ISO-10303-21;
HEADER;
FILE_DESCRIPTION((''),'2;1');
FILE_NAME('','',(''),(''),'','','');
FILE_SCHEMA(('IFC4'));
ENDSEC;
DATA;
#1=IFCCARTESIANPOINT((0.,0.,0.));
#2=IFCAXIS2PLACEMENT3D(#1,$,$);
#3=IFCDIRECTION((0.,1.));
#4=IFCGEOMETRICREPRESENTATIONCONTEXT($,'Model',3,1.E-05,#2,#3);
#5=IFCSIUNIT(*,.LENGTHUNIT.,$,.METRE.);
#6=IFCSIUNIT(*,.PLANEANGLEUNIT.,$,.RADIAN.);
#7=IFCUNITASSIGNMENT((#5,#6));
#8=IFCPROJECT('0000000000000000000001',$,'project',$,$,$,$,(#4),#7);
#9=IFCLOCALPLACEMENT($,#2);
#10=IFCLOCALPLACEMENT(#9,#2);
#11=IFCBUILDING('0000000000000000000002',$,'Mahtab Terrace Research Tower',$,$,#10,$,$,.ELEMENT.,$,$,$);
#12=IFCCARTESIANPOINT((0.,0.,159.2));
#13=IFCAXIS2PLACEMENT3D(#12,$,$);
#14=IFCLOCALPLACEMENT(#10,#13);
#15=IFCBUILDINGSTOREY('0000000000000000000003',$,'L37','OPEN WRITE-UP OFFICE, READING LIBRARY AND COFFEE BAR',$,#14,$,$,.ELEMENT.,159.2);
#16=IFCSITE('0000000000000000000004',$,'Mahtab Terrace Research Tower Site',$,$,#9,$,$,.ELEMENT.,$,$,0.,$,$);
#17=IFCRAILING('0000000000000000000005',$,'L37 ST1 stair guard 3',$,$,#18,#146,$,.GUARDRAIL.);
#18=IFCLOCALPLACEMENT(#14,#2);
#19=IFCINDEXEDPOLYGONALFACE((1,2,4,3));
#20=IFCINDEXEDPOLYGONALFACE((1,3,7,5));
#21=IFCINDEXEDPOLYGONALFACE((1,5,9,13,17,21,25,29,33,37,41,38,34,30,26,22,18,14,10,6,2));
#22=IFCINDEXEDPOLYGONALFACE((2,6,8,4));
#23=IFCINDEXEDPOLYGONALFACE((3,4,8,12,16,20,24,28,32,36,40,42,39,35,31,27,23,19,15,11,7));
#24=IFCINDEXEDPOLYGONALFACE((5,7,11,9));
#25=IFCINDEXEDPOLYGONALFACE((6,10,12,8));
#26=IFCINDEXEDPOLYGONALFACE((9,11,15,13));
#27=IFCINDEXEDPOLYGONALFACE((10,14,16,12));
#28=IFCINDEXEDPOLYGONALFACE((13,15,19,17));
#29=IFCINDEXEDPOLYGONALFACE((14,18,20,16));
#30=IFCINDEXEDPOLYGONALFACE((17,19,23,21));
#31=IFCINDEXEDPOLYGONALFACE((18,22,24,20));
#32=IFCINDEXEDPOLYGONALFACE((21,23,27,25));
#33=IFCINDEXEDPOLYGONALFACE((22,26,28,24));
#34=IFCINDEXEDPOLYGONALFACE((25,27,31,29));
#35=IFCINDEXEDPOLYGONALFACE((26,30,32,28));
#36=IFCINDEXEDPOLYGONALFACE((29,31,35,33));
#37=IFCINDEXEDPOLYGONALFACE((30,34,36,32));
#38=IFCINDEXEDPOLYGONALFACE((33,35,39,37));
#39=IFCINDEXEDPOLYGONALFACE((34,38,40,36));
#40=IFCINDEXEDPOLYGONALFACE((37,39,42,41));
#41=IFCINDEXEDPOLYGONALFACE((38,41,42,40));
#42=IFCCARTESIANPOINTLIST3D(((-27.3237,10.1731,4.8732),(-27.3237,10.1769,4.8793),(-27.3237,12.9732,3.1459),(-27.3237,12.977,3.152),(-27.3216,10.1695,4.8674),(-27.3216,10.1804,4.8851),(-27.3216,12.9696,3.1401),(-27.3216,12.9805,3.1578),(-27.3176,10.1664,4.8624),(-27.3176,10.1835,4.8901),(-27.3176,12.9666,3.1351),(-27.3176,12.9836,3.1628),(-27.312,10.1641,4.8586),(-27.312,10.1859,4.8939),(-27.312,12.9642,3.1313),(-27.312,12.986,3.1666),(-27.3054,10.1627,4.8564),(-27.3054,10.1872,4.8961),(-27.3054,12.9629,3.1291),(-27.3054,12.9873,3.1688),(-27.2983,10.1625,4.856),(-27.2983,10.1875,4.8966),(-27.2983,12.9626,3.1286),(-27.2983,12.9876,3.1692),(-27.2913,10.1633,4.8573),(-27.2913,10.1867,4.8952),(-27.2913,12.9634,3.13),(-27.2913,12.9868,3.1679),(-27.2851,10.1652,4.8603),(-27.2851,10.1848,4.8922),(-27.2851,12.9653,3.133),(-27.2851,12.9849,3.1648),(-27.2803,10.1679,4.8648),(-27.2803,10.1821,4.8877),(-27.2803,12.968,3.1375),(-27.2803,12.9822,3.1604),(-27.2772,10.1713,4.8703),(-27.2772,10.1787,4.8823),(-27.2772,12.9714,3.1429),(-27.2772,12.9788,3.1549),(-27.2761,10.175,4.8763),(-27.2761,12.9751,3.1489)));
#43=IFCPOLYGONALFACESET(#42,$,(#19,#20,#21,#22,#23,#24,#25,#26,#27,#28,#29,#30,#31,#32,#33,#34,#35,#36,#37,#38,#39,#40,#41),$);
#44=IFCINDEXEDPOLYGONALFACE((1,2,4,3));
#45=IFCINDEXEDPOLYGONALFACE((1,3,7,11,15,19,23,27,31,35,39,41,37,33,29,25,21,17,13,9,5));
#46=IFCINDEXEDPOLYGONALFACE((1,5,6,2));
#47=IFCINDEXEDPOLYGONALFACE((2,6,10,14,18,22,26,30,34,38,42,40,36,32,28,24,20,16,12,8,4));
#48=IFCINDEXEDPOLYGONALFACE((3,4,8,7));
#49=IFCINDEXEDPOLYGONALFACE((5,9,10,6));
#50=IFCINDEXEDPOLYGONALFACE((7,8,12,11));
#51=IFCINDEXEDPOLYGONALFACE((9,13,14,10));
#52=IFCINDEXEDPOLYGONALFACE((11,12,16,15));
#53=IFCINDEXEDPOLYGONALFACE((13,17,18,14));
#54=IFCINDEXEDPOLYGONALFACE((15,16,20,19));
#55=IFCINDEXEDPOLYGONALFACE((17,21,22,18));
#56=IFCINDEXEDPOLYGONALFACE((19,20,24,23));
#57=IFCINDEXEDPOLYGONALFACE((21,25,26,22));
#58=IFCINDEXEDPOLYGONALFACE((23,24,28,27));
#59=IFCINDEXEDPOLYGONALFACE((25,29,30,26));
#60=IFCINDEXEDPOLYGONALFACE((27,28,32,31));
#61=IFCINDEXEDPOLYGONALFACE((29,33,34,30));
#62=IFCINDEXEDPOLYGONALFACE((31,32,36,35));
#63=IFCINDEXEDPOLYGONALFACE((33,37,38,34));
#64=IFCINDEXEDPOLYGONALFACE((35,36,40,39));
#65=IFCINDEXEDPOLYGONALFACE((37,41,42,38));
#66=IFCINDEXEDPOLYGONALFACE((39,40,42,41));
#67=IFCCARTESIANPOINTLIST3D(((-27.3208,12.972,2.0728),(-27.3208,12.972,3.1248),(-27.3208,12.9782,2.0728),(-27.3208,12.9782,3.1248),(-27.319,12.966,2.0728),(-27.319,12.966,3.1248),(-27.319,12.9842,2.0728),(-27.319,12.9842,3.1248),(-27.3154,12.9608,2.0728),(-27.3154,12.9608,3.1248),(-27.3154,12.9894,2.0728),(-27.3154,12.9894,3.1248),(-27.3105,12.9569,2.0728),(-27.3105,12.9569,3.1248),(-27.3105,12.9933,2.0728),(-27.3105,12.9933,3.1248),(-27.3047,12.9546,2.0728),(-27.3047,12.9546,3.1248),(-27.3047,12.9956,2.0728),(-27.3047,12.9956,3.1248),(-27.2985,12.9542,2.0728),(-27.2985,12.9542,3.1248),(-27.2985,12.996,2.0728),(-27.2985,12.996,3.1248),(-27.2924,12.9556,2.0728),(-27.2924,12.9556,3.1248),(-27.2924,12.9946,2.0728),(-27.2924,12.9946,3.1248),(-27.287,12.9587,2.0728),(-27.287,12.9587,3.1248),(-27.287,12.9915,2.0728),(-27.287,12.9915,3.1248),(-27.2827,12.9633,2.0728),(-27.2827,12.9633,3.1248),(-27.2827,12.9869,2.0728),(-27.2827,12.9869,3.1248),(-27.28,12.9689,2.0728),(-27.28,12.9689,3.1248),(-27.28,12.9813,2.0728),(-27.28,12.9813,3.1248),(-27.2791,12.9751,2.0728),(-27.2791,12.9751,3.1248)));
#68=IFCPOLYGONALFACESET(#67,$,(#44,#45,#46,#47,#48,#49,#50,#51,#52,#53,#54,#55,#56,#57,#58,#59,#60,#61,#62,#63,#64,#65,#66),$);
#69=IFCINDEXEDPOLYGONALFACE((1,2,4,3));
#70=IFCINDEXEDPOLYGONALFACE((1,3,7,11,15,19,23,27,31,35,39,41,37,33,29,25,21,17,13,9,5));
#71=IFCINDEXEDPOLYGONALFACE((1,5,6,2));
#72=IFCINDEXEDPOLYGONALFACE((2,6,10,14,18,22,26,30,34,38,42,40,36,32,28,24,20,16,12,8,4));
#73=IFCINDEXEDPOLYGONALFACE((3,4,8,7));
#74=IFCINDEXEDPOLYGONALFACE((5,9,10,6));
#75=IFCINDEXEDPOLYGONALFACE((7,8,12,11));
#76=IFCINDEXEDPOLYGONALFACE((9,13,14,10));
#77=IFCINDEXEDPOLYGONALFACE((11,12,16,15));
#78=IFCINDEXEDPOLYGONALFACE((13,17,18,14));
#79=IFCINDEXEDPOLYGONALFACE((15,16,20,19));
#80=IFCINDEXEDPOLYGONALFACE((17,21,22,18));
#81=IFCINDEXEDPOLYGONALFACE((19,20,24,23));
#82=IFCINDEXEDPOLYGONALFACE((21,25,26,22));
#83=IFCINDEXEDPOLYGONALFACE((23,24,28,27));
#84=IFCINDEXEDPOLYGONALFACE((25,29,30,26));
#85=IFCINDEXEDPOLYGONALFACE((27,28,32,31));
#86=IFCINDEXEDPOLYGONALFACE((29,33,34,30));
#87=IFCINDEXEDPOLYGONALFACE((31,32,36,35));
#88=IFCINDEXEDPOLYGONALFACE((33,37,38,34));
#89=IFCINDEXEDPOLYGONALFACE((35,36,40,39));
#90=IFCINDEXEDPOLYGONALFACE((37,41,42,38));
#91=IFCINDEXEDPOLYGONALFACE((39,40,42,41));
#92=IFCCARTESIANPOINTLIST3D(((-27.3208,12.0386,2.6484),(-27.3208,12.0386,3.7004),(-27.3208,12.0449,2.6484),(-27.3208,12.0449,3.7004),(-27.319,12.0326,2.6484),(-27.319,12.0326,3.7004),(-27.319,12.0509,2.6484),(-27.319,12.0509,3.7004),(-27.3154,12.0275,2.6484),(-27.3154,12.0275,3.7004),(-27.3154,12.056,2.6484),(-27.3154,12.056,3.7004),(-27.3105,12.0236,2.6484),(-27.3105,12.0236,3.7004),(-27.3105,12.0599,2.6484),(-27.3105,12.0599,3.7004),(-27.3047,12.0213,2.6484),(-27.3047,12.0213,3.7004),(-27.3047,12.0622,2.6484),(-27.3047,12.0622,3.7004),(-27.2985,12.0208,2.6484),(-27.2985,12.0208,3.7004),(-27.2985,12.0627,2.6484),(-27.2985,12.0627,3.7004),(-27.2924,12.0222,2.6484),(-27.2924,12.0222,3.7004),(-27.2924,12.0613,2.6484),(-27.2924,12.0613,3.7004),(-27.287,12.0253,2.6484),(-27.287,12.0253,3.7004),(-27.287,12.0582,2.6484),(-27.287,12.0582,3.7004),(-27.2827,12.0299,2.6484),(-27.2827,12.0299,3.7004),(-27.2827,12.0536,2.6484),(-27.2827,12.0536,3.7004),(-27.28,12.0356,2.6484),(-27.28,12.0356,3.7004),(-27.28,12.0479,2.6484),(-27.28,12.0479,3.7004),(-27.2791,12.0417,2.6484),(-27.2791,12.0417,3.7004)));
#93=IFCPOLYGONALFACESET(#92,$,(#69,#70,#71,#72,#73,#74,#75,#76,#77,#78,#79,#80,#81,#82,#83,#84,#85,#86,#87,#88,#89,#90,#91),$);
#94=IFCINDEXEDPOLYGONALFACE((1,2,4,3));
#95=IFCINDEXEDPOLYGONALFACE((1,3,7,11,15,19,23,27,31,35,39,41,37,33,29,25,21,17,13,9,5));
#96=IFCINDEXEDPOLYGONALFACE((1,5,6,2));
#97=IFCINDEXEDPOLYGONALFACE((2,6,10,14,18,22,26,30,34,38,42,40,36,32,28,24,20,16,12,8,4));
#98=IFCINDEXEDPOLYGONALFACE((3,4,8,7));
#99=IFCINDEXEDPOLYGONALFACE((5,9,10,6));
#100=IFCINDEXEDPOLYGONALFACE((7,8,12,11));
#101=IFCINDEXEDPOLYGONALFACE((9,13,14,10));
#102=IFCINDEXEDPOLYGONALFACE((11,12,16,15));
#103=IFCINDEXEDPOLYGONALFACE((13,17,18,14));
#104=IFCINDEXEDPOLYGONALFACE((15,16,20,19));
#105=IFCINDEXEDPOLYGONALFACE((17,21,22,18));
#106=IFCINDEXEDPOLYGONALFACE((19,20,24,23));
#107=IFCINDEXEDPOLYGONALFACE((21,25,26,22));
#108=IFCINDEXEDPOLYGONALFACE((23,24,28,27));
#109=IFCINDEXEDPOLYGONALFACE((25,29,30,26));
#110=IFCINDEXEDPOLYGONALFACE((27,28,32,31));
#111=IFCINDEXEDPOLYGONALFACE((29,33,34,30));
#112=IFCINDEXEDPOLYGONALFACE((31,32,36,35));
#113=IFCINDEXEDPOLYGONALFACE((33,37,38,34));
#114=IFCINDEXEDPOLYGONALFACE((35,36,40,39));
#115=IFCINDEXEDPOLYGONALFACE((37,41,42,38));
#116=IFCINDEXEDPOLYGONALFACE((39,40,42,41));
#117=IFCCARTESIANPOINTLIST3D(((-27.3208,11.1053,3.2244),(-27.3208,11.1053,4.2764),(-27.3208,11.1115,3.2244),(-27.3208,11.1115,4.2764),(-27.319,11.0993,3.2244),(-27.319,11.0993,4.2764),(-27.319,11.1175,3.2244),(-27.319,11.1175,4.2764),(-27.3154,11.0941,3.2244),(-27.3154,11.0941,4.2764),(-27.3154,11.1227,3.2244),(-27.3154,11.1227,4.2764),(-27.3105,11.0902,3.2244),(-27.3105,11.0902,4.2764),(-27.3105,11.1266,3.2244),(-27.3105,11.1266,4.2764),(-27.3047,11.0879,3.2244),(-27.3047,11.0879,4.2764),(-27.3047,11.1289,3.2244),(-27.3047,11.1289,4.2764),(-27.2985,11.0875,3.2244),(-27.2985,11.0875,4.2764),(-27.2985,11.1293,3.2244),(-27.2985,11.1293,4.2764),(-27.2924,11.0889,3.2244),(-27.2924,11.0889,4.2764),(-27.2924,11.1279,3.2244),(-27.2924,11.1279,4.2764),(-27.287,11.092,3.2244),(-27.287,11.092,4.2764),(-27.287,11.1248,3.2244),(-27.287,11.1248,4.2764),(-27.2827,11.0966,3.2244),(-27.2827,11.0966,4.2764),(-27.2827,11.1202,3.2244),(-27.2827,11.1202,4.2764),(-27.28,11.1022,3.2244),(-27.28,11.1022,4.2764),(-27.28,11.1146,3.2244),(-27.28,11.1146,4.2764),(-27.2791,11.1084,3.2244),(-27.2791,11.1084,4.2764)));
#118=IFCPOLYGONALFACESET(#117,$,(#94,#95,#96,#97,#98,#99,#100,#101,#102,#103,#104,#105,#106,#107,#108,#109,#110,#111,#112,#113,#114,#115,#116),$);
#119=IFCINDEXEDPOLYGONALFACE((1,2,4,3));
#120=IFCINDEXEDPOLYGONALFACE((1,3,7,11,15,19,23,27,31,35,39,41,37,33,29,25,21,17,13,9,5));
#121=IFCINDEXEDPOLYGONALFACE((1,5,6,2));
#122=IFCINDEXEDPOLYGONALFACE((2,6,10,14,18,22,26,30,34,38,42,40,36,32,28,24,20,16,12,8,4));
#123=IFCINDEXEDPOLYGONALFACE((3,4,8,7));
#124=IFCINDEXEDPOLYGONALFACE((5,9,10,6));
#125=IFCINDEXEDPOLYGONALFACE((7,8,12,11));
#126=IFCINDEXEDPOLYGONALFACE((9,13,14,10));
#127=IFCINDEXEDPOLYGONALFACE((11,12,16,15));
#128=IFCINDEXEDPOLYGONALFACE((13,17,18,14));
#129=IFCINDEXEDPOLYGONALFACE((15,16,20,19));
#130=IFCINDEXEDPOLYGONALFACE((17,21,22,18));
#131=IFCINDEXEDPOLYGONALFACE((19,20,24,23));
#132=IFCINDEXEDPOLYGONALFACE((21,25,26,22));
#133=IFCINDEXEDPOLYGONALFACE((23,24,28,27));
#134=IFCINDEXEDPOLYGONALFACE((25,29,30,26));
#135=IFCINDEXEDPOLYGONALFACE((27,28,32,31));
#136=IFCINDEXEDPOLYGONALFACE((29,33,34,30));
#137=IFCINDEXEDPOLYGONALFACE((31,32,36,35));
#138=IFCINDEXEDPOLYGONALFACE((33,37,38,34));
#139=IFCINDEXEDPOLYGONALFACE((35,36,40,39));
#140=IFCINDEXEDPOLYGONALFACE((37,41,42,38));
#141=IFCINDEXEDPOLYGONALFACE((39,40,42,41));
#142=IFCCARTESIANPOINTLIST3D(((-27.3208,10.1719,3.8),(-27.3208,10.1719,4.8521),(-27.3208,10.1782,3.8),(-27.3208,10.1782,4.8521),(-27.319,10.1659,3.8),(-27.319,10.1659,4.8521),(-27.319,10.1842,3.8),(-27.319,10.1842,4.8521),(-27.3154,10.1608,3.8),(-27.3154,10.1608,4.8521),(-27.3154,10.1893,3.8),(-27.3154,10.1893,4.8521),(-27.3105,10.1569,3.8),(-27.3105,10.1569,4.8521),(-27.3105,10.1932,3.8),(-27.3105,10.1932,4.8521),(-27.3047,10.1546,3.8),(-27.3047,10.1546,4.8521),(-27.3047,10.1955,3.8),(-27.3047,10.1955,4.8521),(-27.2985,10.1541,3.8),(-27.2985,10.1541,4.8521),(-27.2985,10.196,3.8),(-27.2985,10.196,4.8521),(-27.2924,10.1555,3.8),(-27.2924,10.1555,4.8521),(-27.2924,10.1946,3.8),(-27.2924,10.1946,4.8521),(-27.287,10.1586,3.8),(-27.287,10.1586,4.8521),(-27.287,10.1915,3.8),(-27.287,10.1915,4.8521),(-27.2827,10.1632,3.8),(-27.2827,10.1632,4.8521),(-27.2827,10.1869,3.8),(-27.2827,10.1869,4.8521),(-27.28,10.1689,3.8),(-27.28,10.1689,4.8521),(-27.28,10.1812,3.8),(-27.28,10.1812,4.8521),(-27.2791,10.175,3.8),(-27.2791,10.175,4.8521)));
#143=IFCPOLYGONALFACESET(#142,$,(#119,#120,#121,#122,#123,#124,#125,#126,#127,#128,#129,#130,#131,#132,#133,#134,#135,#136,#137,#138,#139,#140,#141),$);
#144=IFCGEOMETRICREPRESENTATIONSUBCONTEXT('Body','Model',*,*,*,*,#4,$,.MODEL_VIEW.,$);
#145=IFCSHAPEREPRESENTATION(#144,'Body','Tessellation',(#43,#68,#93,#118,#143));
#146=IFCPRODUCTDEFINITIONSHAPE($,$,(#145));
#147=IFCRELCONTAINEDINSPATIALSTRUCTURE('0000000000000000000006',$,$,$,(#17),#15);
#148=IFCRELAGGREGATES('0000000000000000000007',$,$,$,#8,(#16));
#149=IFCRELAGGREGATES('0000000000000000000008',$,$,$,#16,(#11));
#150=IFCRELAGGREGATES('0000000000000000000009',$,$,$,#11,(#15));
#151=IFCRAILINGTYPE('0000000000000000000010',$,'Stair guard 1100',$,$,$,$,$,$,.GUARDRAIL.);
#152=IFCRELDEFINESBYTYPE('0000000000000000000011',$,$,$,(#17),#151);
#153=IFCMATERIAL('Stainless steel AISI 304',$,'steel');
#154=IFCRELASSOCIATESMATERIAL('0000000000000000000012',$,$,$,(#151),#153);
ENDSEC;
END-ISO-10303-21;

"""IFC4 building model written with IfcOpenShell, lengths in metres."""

from ifc_helpers import new_model, si_unit, direction, frame, origin, origin_2d, place, context, subcontext, project, spatial, circle, extrude, material, type_object, element, save


model = new_model("IFC4")

# Units and contexts
model_context = context("Model", 3, precision=1e-05, world=origin(), true_north=direction((0.0, 1.0)))
body_context = subcontext(model_context, "Body", "Model", "MODEL_VIEW")
ifc_project = project(units=[si_unit("LENGTHUNIT", "METRE"), si_unit("PLANEANGLEUNIT", "RADIAN")], contexts=[model_context])

# Site, building, storey
site_placement = place(None, origin())
site = spatial("IfcSite", under=ifc_project, at=site_placement, Name="Mahtab Terrace Research Tower Site", CompositionType="ELEMENT", RefElevation=0.0)
building_placement = place(site_placement, origin())
building = spatial("IfcBuilding", under=site, at=building_placement, Name="Mahtab Terrace Research Tower", CompositionType="ELEMENT")
storey_placement = place(building_placement, frame((0.0, 0.0, 159.2)))
storey = spatial("IfcBuildingStorey", under=building, at=storey_placement, Name="L37", Description="OPEN WRITE-UP OFFICE, READING LIBRARY AND COFFEE BAR", CompositionType="ELEMENT", Elevation=159.2)

# Railing
ifc_material_1 = material(Name="Stainless steel AISI 304", Category="steel")
railing_type_1 = type_object("IfcRailingType", Name="Stair guard 1100", PredefinedType="GUARDRAIL", material=ifc_material_1)
railing_1_placement = place(storey_placement, frame((-27.3, 12.9751, 2.0728)))
element("IfcRailing", 1, at=railing_1_placement, inside=storey, type_object=railing_type_1, Name="L37 ST1 stair guard 3", PredefinedType="GUARDRAIL", context=body_context, shape_type="SweptSolid", body=[
    extrude(circle(Radius=0.0239, at=origin_2d()), frame((0.0, 0.0, 1.0762), z_axis=(0.0, -0.85109, 0.52502), x_axis=(1.0, 0.0, 0.0)), (0.0, 0.0, 1.0), 3.29),
    extrude(circle(Radius=0.021, at=origin_2d()), origin(), (0.0, 0.0, 1.0), 1.052),
    extrude(circle(Radius=0.021, at=origin_2d()), frame((0.0, -0.9333, 0.5757)), (0.0, 0.0, 1.0), 1.052),
    extrude(circle(Radius=0.021, at=origin_2d()), frame((0.0, -1.8667, 1.1516)), (0.0, 0.0, 1.0), 1.052),
    extrude(circle(Radius=0.021, at=origin_2d()), frame((0.0, -2.8, 1.7273)), (0.0, 0.0, 1.0), 1.052),
])

save(model, "model.ifc")
